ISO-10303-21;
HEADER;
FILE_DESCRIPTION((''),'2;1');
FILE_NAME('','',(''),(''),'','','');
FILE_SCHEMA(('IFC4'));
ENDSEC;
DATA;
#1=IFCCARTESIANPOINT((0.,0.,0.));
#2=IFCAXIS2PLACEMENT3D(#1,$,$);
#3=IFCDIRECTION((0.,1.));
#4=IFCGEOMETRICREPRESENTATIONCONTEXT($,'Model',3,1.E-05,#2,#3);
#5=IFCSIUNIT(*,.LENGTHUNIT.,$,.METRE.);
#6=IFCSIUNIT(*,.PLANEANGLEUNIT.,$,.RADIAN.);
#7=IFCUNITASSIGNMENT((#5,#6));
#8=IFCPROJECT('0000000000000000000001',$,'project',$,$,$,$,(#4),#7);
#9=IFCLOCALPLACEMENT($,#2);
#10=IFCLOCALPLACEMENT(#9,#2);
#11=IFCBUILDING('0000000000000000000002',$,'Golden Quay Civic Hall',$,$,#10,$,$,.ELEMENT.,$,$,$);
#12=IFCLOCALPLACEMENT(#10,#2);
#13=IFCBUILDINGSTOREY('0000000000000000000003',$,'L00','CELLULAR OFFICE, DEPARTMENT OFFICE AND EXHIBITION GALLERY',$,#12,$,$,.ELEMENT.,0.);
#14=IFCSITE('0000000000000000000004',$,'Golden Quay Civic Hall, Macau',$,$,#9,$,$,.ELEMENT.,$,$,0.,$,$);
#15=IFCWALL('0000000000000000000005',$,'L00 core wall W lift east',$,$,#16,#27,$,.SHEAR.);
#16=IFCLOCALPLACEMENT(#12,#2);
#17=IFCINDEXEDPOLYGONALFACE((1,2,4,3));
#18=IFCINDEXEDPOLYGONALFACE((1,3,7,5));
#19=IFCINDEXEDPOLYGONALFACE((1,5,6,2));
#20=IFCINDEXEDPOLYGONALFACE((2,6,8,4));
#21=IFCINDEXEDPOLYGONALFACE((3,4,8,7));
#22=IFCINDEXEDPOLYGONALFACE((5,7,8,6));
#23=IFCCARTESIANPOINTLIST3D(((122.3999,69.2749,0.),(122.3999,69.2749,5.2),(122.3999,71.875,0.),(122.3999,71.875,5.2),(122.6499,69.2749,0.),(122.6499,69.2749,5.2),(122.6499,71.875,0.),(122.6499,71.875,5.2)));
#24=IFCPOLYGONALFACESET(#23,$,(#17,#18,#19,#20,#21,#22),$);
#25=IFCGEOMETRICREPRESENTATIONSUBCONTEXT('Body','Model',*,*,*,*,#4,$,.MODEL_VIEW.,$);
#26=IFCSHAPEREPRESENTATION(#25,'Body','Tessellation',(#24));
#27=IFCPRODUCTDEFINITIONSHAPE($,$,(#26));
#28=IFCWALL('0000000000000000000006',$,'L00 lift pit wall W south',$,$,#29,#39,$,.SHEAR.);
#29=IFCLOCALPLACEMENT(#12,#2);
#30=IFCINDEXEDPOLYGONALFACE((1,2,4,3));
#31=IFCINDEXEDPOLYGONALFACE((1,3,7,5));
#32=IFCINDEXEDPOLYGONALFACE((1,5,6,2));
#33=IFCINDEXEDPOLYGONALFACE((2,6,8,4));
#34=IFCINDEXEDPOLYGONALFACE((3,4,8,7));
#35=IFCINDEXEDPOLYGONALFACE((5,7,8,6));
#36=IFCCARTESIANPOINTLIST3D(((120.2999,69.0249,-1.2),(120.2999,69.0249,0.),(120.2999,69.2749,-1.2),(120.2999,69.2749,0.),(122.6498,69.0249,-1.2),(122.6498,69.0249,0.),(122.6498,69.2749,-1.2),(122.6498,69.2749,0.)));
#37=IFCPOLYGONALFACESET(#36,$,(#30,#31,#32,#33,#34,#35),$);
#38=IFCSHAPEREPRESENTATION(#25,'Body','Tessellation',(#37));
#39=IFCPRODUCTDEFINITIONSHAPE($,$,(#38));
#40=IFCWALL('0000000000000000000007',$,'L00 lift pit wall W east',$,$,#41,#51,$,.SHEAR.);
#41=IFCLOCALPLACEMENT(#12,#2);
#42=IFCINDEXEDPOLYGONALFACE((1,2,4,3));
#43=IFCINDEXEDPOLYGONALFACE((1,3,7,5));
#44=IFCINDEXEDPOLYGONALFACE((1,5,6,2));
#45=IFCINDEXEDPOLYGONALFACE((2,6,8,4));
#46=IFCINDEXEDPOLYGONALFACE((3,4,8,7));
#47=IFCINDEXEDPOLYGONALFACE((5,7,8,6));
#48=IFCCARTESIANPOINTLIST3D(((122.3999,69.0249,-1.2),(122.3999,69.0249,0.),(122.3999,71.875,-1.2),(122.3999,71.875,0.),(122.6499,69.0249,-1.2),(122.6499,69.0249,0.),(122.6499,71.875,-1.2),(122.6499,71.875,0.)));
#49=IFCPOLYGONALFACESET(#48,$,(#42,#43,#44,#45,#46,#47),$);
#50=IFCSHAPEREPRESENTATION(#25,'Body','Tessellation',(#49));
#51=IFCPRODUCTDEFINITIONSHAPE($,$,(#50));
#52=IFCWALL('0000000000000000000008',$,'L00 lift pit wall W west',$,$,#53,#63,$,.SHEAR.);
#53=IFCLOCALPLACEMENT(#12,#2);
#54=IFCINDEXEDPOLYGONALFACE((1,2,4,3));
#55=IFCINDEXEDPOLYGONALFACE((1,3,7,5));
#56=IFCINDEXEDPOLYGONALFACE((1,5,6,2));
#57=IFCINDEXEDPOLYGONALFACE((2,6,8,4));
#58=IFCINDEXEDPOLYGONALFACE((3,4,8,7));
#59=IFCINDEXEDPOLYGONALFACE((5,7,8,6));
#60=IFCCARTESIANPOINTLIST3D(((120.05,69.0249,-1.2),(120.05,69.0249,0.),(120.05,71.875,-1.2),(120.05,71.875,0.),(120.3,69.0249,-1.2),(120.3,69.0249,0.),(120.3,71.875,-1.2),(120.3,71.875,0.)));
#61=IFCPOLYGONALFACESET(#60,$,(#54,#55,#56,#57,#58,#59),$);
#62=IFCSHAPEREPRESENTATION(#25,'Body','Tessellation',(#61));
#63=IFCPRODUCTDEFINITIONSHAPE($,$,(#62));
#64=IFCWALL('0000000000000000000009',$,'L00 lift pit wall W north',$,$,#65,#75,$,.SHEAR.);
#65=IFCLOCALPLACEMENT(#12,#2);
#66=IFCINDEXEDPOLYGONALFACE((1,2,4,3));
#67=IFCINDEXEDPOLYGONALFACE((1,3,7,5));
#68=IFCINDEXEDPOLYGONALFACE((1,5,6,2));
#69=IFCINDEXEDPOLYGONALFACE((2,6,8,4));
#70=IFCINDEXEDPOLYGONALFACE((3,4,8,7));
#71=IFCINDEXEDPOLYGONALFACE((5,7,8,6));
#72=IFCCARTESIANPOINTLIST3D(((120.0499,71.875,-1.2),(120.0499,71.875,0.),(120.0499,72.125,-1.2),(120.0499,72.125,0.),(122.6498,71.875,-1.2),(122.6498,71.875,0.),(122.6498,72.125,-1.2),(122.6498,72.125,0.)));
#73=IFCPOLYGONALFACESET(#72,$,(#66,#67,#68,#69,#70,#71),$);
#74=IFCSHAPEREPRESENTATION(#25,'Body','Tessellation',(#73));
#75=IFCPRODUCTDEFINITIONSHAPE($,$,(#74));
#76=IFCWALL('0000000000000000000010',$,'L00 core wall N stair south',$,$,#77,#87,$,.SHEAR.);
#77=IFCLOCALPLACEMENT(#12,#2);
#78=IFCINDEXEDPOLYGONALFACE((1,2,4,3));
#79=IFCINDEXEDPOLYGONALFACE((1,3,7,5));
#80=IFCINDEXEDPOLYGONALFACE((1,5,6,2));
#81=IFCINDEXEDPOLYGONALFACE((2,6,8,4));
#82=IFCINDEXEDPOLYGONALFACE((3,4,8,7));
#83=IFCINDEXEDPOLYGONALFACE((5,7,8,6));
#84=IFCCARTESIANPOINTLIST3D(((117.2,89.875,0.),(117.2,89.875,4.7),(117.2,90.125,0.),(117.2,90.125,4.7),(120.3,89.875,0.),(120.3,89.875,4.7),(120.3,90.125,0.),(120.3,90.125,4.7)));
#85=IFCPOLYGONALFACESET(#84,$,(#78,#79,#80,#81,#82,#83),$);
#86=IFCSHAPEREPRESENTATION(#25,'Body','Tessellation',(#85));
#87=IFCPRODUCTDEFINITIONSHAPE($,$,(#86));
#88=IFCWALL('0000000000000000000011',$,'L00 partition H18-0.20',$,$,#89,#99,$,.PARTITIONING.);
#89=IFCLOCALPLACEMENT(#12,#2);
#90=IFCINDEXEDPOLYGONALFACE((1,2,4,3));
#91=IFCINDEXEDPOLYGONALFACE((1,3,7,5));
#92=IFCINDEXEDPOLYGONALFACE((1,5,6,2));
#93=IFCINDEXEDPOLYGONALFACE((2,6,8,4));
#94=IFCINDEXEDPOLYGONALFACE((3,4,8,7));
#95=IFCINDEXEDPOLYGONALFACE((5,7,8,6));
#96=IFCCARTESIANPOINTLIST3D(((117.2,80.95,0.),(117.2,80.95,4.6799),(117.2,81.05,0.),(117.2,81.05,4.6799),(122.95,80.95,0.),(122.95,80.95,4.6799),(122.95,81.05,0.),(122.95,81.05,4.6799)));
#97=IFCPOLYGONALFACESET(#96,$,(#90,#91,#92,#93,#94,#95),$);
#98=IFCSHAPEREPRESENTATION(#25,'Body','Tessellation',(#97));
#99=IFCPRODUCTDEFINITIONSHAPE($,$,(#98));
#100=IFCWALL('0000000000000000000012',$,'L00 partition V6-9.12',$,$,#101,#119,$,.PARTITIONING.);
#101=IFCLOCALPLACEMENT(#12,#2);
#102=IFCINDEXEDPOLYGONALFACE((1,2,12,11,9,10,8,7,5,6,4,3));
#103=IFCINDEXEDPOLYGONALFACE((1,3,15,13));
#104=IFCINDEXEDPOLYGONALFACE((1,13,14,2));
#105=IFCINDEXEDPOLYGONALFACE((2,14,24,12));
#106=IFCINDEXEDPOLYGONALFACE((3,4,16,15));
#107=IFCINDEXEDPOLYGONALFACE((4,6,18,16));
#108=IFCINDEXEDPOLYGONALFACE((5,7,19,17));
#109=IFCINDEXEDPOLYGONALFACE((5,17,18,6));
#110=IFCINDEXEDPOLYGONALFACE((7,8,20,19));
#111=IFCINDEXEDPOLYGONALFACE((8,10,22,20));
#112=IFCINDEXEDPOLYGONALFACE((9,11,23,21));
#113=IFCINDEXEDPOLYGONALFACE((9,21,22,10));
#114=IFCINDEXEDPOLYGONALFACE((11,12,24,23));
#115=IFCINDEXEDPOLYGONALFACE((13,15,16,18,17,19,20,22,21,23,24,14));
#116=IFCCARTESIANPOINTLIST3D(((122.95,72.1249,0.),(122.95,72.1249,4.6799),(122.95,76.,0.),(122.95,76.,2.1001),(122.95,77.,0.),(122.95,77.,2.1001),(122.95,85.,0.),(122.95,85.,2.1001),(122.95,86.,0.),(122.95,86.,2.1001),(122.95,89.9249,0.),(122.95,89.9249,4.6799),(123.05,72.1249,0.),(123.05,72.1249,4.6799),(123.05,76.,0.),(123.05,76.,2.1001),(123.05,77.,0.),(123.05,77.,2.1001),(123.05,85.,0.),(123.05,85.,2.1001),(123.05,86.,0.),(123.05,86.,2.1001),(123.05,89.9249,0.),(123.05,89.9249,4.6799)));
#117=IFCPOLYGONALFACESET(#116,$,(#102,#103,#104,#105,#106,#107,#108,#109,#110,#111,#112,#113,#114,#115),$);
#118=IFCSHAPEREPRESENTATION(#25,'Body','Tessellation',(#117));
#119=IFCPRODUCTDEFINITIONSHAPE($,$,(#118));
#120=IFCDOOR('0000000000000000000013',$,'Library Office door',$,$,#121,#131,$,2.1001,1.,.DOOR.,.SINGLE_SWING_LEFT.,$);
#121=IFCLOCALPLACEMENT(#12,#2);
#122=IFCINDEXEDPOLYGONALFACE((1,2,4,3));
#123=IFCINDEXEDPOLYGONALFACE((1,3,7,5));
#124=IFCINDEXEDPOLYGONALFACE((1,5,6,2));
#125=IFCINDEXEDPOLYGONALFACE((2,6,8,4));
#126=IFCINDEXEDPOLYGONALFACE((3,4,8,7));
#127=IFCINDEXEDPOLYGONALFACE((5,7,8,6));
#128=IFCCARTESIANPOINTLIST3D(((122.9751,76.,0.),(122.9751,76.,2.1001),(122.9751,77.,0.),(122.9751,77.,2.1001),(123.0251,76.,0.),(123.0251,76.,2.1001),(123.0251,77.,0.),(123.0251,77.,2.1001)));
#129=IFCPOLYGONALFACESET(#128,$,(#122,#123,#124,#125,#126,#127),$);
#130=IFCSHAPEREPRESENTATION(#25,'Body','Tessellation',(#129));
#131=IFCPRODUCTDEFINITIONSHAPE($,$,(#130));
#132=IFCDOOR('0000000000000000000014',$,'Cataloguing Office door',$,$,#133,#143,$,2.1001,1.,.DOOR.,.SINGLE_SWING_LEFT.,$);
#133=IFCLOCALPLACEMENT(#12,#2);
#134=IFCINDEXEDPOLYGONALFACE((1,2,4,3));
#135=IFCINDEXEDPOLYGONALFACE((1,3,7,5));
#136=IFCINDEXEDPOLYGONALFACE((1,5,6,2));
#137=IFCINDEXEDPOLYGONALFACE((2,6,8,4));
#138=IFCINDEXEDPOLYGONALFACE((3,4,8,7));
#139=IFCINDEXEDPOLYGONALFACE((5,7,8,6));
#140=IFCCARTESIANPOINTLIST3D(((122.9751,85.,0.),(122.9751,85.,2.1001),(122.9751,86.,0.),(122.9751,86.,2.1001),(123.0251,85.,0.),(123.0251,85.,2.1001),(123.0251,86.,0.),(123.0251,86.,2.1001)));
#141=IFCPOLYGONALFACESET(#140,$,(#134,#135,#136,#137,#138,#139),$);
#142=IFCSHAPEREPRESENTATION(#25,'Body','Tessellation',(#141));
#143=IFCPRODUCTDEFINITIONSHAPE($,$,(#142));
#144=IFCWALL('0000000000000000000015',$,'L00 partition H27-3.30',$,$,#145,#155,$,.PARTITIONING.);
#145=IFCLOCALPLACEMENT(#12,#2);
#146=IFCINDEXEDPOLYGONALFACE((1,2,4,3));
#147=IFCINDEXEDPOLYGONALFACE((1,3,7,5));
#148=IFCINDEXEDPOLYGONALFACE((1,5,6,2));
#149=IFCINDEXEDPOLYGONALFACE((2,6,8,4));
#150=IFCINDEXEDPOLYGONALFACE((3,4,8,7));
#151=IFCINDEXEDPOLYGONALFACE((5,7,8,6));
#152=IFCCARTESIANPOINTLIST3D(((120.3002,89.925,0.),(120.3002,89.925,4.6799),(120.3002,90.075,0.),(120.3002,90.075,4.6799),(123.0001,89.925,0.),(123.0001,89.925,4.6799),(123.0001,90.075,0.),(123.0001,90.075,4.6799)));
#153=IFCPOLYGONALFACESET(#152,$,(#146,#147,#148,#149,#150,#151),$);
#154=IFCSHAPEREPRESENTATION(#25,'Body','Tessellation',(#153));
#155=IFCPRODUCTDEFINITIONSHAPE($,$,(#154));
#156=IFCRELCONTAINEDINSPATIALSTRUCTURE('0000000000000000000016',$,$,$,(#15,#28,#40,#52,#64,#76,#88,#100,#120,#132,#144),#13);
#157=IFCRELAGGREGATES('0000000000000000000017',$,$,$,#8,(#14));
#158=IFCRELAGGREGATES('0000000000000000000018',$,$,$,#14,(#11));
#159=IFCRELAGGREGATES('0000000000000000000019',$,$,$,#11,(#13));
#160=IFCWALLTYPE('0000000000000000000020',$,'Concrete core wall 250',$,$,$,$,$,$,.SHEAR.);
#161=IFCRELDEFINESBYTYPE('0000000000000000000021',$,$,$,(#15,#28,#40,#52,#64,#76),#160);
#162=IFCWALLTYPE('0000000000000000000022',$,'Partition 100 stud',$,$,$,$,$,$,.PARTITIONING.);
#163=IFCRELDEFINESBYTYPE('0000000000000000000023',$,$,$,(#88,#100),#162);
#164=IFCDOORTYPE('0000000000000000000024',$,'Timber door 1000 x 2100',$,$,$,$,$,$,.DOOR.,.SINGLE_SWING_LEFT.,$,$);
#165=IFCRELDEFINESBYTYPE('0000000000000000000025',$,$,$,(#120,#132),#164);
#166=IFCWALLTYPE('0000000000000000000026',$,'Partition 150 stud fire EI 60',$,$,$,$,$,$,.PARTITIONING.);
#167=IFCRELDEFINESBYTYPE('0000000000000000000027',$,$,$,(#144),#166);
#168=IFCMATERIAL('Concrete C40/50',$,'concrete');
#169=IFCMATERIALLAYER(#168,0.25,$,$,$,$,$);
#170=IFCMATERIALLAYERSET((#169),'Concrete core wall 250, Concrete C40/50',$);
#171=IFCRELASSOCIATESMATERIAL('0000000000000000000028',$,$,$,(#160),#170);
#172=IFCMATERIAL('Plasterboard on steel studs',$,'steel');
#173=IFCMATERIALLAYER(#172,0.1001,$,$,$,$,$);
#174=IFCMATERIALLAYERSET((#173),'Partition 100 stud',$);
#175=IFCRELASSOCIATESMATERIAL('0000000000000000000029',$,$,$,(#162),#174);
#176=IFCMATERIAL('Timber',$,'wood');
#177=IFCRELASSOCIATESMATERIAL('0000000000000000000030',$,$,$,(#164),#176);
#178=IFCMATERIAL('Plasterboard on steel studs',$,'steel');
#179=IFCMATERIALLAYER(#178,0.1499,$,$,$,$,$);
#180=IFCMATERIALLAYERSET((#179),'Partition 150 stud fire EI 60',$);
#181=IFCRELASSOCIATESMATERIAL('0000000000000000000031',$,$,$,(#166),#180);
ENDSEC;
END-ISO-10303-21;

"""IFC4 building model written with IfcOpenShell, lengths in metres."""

from ifc_helpers import new_model, si_unit, direction, frame, frame_2d, origin, place, context, subcontext, project, spatial, rectangle, extrude, material, layer, layer_set, type_object, element, fill, save


model = new_model("IFC4")

# Units and contexts
model_context = context("Model", 3, precision=1e-05, world=origin(), true_north=direction((0.0, 1.0)))
body_context = subcontext(model_context, "Body", "Model", "MODEL_VIEW")
ifc_project = project(units=[si_unit("LENGTHUNIT", "METRE"), si_unit("PLANEANGLEUNIT", "RADIAN")], contexts=[model_context])

# Site, building, storey
site_placement = place(None, origin())
site = spatial("IfcSite", under=ifc_project, at=site_placement, Name="Golden Quay Civic Hall, Macau", CompositionType="ELEMENT", RefElevation=0.0)
building_placement = place(site_placement, origin())
building = spatial("IfcBuilding", under=site, at=building_placement, Name="Golden Quay Civic Hall", CompositionType="ELEMENT")
storey_placement = place(building_placement, origin())
storey = spatial("IfcBuildingStorey", under=building, at=storey_placement, Name="L00", Description="CELLULAR OFFICE, DEPARTMENT OFFICE AND EXHIBITION GALLERY", CompositionType="ELEMENT", Elevation=0.0)

# Shared definitions
ifc_material_1 = material(Name="Concrete C40/50", Category="concrete")
ifc_layer_1 = layer(ifc_material_1, 0.25)
ifc_layer_set_1 = layer_set([ifc_layer_1], Name="Concrete core wall 250, Concrete C40/50")
wall_type_1 = type_object("IfcWallType", Name="Concrete core wall 250", PredefinedType="SHEAR", material=ifc_layer_set_1)

# Walls
wall_1_placement = place(storey_placement, frame((122.5249, 69.2749, 0.0), z_axis=(0.0, 0.0, 1.0), x_axis=(0.0, 1.0, 0.0)))
element("IfcWall", 1, at=wall_1_placement, inside=storey, type_object=wall_type_1, Name="L00 core wall W lift east", PredefinedType="SHEAR", context=body_context, shape_type="SweptSolid", body=[
    extrude(rectangle(XDim=2.6001, YDim=0.25, at=frame_2d((1.3, 0.0))), origin(), (0.0, 0.0, 1.0), 5.2),
])
wall_2_placement = place(storey_placement, frame((120.3, 69.1499, -1.2), z_axis=(0.0, 0.0, 1.0), x_axis=(1.0, 0.0, 0.0)))
element("IfcWall", 2, at=wall_2_placement, inside=storey, type_object=wall_type_1, Name="L00 lift pit wall W south", PredefinedType="SHEAR", context=body_context, shape_type="SweptSolid", body=[
    extrude(rectangle(XDim=2.3499, YDim=0.25, at=frame_2d((1.1748, 0.0))), origin(), (0.0, 0.0, 1.0), 1.2),
])
for number, where, z_axis, x_axis, name in (
    (3, (122.5249, 69.0249, -1.2), (0.0, 0.0, 1.0), (0.0, 1.0, 0.0), "L00 lift pit wall W east"),
    (4, (120.175, 69.0249, -1.2), (0.0, 0.0, 1.0), (0.0, 1.0, 0.0), "L00 lift pit wall W west"),
):
    element("IfcWall", number, at=place(storey_placement, frame(where, z_axis=z_axis, x_axis=x_axis)), inside=storey, type_object=wall_type_1, Name=name, PredefinedType="SHEAR", context=body_context, shape_type="SweptSolid", body=[
        extrude(rectangle(XDim=2.8501, YDim=0.25, at=frame_2d((1.425, 0.0))), origin(), (0.0, 0.0, 1.0), 1.2),
    ])
wall_3_placement = place(storey_placement, frame((120.05, 72.0, -1.2), z_axis=(0.0, 0.0, 1.0), x_axis=(1.0, 0.0, 0.0)))
element("IfcWall", 5, at=wall_3_placement, inside=storey, type_object=wall_type_1, Name="L00 lift pit wall W north", PredefinedType="SHEAR", context=body_context, shape_type="SweptSolid", body=[
    extrude(rectangle(XDim=2.5999, YDim=0.25, at=frame_2d((1.2998, 0.0))), origin(), (0.0, 0.0, 1.0), 1.2),
])
wall_4_placement = place(storey_placement, frame((117.2, 90.0, 0.0), z_axis=(0.0, 0.0, 1.0), x_axis=(1.0, 0.0, 0.0)))
element("IfcWall", 6, at=wall_4_placement, inside=storey, type_object=wall_type_1, Name="L00 core wall N stair south", PredefinedType="SHEAR", context=body_context, shape_type="SweptSolid", body=[
    extrude(rectangle(XDim=3.1001, YDim=0.25, at=frame_2d((1.55, 0.0))), origin(), (0.0, 0.0, 1.0), 4.7),
])
ifc_material_2 = material(Name="Plasterboard on steel studs", Category="steel")
ifc_layer_2 = layer(ifc_material_2, 0.1001)
ifc_layer_set_2 = layer_set([ifc_layer_2], Name="Partition 100 stud")
wall_type_2 = type_object("IfcWallType", Name="Partition 100 stud", PredefinedType="PARTITIONING", material=ifc_layer_set_2)
wall_5_placement = place(storey_placement, frame((117.2, 81.0, 0.0), z_axis=(0.0, 0.0, 1.0), x_axis=(1.0, 0.0, 0.0)))
element("IfcWall", 7, at=wall_5_placement, inside=storey, type_object=wall_type_2, Name="L00 partition H18-0.20", PredefinedType="PARTITIONING", context=body_context, shape_type="SweptSolid", body=[
    extrude(rectangle(XDim=5.75, YDim=0.1001, at=frame_2d((2.875, 0.0))), origin(), (0.0, 0.0, 1.0), 4.6799),
])

# Wall, openings, doors
wall_6_placement = place(storey_placement, frame((123.0, 72.125, 0.0), z_axis=(0.0, 0.0, 1.0), x_axis=(0.0, 1.0, 0.0)))
wall_6 = element("IfcWall", 8, at=wall_6_placement, inside=storey, type_object=wall_type_2, Name="L00 partition V6-9.12", PredefinedType="PARTITIONING", context=body_context, shape_type="SweptSolid", body=[
    extrude(rectangle(XDim=17.8, YDim=0.1001, at=frame_2d((8.8999, 0.0))), origin(), (0.0, 0.0, 1.0), 4.6799),
])
opening_1_placement = place(wall_6_placement, frame((3.875, 0.0, 0.0)))
opening_1 = element("IfcOpeningElement", 9, at=opening_1_placement, cuts=wall_6, PredefinedType="OPENING", context=body_context, shape_type="SweptSolid", body=[
    extrude(rectangle(XDim=1.0, YDim=2.1001, at=frame_2d((0.5, 1.05))), frame((0.0, 0.0601, 0.0), z_axis=(0.0, -1.0, 0.0), x_axis=(1.0, 0.0, 0.0)), (0.0, 0.0, 1.0), 0.1201),
])
opening_2_placement = place(wall_6_placement, frame((12.875, 0.0, 0.0)))
opening_2 = element("IfcOpeningElement", 10, at=opening_2_placement, cuts=wall_6, PredefinedType="OPENING", context=body_context, shape_type="SweptSolid", body=[
    extrude(rectangle(XDim=1.0, YDim=2.1001, at=frame_2d((0.5, 1.05))), frame((0.0, 0.0601, 0.0), z_axis=(0.0, -1.0, 0.0), x_axis=(1.0, 0.0, 0.0)), (0.0, 0.0, 1.0), 0.1201),
])
ifc_material_3 = material(Name="Timber", Category="wood")
door_type_1 = type_object("IfcDoorType", Name="Timber door 1000 x 2100", OperationType="SINGLE_SWING_LEFT", PredefinedType="DOOR", material=ifc_material_3)
door_1_placement = place(opening_1_placement, origin())
door_1 = element("IfcDoor", 11, at=door_1_placement, inside=storey, type_object=door_type_1, Name="Library Office door", OperationType="SINGLE_SWING_LEFT", OverallHeight=2.1001, OverallWidth=1.0, PredefinedType="DOOR", context=body_context, shape_type="SweptSolid", body=[
    extrude(rectangle(XDim=1.0, YDim=2.1001, at=frame_2d((0.5, 1.05))), frame((0.0, 0.0249, 0.0), z_axis=(0.0, -1.0, 0.0), x_axis=(1.0, 0.0, 0.0)), (0.0, 0.0, 1.0), 0.05),
])
fill(opening_1, door_1)
door_2_placement = place(opening_2_placement, origin())
door_2 = element("IfcDoor", 12, at=door_2_placement, inside=storey, type_object=door_type_1, Name="Cataloguing Office door", OperationType="SINGLE_SWING_LEFT", OverallHeight=2.1001, OverallWidth=1.0, PredefinedType="DOOR", context=body_context, shape_type="SweptSolid", body=[
    extrude(rectangle(XDim=1.0, YDim=2.1001, at=frame_2d((0.5, 1.05))), frame((0.0, 0.0249, 0.0), z_axis=(0.0, -1.0, 0.0), x_axis=(1.0, 0.0, 0.0)), (0.0, 0.0, 1.0), 0.05),
])
fill(opening_2, door_2)

# Wall
ifc_material_4 = material(Name="Plasterboard on steel studs", Category="steel")
ifc_layer_3 = layer(ifc_material_4, 0.1499)
ifc_layer_set_3 = layer_set([ifc_layer_3], Name="Partition 150 stud fire EI 60")
wall_type_3 = type_object("IfcWallType", Name="Partition 150 stud fire EI 60", PredefinedType="PARTITIONING", material=ifc_layer_set_3)
wall_7_placement = place(storey_placement, frame((120.3, 90.0, 0.0), z_axis=(0.0, 0.0, 1.0), x_axis=(1.0, 0.0, 0.0)))
element("IfcWall", 13, at=wall_7_placement, inside=storey, type_object=wall_type_3, Name="L00 partition H27-3.30", PredefinedType="PARTITIONING", context=body_context, shape_type="SweptSolid", body=[
    extrude(rectangle(XDim=2.7, YDim=0.1499, at=frame_2d((1.3501, 0.0))), origin(), (0.0, 0.0, 1.0), 4.6799),
])

save(model, "model.ifc")
